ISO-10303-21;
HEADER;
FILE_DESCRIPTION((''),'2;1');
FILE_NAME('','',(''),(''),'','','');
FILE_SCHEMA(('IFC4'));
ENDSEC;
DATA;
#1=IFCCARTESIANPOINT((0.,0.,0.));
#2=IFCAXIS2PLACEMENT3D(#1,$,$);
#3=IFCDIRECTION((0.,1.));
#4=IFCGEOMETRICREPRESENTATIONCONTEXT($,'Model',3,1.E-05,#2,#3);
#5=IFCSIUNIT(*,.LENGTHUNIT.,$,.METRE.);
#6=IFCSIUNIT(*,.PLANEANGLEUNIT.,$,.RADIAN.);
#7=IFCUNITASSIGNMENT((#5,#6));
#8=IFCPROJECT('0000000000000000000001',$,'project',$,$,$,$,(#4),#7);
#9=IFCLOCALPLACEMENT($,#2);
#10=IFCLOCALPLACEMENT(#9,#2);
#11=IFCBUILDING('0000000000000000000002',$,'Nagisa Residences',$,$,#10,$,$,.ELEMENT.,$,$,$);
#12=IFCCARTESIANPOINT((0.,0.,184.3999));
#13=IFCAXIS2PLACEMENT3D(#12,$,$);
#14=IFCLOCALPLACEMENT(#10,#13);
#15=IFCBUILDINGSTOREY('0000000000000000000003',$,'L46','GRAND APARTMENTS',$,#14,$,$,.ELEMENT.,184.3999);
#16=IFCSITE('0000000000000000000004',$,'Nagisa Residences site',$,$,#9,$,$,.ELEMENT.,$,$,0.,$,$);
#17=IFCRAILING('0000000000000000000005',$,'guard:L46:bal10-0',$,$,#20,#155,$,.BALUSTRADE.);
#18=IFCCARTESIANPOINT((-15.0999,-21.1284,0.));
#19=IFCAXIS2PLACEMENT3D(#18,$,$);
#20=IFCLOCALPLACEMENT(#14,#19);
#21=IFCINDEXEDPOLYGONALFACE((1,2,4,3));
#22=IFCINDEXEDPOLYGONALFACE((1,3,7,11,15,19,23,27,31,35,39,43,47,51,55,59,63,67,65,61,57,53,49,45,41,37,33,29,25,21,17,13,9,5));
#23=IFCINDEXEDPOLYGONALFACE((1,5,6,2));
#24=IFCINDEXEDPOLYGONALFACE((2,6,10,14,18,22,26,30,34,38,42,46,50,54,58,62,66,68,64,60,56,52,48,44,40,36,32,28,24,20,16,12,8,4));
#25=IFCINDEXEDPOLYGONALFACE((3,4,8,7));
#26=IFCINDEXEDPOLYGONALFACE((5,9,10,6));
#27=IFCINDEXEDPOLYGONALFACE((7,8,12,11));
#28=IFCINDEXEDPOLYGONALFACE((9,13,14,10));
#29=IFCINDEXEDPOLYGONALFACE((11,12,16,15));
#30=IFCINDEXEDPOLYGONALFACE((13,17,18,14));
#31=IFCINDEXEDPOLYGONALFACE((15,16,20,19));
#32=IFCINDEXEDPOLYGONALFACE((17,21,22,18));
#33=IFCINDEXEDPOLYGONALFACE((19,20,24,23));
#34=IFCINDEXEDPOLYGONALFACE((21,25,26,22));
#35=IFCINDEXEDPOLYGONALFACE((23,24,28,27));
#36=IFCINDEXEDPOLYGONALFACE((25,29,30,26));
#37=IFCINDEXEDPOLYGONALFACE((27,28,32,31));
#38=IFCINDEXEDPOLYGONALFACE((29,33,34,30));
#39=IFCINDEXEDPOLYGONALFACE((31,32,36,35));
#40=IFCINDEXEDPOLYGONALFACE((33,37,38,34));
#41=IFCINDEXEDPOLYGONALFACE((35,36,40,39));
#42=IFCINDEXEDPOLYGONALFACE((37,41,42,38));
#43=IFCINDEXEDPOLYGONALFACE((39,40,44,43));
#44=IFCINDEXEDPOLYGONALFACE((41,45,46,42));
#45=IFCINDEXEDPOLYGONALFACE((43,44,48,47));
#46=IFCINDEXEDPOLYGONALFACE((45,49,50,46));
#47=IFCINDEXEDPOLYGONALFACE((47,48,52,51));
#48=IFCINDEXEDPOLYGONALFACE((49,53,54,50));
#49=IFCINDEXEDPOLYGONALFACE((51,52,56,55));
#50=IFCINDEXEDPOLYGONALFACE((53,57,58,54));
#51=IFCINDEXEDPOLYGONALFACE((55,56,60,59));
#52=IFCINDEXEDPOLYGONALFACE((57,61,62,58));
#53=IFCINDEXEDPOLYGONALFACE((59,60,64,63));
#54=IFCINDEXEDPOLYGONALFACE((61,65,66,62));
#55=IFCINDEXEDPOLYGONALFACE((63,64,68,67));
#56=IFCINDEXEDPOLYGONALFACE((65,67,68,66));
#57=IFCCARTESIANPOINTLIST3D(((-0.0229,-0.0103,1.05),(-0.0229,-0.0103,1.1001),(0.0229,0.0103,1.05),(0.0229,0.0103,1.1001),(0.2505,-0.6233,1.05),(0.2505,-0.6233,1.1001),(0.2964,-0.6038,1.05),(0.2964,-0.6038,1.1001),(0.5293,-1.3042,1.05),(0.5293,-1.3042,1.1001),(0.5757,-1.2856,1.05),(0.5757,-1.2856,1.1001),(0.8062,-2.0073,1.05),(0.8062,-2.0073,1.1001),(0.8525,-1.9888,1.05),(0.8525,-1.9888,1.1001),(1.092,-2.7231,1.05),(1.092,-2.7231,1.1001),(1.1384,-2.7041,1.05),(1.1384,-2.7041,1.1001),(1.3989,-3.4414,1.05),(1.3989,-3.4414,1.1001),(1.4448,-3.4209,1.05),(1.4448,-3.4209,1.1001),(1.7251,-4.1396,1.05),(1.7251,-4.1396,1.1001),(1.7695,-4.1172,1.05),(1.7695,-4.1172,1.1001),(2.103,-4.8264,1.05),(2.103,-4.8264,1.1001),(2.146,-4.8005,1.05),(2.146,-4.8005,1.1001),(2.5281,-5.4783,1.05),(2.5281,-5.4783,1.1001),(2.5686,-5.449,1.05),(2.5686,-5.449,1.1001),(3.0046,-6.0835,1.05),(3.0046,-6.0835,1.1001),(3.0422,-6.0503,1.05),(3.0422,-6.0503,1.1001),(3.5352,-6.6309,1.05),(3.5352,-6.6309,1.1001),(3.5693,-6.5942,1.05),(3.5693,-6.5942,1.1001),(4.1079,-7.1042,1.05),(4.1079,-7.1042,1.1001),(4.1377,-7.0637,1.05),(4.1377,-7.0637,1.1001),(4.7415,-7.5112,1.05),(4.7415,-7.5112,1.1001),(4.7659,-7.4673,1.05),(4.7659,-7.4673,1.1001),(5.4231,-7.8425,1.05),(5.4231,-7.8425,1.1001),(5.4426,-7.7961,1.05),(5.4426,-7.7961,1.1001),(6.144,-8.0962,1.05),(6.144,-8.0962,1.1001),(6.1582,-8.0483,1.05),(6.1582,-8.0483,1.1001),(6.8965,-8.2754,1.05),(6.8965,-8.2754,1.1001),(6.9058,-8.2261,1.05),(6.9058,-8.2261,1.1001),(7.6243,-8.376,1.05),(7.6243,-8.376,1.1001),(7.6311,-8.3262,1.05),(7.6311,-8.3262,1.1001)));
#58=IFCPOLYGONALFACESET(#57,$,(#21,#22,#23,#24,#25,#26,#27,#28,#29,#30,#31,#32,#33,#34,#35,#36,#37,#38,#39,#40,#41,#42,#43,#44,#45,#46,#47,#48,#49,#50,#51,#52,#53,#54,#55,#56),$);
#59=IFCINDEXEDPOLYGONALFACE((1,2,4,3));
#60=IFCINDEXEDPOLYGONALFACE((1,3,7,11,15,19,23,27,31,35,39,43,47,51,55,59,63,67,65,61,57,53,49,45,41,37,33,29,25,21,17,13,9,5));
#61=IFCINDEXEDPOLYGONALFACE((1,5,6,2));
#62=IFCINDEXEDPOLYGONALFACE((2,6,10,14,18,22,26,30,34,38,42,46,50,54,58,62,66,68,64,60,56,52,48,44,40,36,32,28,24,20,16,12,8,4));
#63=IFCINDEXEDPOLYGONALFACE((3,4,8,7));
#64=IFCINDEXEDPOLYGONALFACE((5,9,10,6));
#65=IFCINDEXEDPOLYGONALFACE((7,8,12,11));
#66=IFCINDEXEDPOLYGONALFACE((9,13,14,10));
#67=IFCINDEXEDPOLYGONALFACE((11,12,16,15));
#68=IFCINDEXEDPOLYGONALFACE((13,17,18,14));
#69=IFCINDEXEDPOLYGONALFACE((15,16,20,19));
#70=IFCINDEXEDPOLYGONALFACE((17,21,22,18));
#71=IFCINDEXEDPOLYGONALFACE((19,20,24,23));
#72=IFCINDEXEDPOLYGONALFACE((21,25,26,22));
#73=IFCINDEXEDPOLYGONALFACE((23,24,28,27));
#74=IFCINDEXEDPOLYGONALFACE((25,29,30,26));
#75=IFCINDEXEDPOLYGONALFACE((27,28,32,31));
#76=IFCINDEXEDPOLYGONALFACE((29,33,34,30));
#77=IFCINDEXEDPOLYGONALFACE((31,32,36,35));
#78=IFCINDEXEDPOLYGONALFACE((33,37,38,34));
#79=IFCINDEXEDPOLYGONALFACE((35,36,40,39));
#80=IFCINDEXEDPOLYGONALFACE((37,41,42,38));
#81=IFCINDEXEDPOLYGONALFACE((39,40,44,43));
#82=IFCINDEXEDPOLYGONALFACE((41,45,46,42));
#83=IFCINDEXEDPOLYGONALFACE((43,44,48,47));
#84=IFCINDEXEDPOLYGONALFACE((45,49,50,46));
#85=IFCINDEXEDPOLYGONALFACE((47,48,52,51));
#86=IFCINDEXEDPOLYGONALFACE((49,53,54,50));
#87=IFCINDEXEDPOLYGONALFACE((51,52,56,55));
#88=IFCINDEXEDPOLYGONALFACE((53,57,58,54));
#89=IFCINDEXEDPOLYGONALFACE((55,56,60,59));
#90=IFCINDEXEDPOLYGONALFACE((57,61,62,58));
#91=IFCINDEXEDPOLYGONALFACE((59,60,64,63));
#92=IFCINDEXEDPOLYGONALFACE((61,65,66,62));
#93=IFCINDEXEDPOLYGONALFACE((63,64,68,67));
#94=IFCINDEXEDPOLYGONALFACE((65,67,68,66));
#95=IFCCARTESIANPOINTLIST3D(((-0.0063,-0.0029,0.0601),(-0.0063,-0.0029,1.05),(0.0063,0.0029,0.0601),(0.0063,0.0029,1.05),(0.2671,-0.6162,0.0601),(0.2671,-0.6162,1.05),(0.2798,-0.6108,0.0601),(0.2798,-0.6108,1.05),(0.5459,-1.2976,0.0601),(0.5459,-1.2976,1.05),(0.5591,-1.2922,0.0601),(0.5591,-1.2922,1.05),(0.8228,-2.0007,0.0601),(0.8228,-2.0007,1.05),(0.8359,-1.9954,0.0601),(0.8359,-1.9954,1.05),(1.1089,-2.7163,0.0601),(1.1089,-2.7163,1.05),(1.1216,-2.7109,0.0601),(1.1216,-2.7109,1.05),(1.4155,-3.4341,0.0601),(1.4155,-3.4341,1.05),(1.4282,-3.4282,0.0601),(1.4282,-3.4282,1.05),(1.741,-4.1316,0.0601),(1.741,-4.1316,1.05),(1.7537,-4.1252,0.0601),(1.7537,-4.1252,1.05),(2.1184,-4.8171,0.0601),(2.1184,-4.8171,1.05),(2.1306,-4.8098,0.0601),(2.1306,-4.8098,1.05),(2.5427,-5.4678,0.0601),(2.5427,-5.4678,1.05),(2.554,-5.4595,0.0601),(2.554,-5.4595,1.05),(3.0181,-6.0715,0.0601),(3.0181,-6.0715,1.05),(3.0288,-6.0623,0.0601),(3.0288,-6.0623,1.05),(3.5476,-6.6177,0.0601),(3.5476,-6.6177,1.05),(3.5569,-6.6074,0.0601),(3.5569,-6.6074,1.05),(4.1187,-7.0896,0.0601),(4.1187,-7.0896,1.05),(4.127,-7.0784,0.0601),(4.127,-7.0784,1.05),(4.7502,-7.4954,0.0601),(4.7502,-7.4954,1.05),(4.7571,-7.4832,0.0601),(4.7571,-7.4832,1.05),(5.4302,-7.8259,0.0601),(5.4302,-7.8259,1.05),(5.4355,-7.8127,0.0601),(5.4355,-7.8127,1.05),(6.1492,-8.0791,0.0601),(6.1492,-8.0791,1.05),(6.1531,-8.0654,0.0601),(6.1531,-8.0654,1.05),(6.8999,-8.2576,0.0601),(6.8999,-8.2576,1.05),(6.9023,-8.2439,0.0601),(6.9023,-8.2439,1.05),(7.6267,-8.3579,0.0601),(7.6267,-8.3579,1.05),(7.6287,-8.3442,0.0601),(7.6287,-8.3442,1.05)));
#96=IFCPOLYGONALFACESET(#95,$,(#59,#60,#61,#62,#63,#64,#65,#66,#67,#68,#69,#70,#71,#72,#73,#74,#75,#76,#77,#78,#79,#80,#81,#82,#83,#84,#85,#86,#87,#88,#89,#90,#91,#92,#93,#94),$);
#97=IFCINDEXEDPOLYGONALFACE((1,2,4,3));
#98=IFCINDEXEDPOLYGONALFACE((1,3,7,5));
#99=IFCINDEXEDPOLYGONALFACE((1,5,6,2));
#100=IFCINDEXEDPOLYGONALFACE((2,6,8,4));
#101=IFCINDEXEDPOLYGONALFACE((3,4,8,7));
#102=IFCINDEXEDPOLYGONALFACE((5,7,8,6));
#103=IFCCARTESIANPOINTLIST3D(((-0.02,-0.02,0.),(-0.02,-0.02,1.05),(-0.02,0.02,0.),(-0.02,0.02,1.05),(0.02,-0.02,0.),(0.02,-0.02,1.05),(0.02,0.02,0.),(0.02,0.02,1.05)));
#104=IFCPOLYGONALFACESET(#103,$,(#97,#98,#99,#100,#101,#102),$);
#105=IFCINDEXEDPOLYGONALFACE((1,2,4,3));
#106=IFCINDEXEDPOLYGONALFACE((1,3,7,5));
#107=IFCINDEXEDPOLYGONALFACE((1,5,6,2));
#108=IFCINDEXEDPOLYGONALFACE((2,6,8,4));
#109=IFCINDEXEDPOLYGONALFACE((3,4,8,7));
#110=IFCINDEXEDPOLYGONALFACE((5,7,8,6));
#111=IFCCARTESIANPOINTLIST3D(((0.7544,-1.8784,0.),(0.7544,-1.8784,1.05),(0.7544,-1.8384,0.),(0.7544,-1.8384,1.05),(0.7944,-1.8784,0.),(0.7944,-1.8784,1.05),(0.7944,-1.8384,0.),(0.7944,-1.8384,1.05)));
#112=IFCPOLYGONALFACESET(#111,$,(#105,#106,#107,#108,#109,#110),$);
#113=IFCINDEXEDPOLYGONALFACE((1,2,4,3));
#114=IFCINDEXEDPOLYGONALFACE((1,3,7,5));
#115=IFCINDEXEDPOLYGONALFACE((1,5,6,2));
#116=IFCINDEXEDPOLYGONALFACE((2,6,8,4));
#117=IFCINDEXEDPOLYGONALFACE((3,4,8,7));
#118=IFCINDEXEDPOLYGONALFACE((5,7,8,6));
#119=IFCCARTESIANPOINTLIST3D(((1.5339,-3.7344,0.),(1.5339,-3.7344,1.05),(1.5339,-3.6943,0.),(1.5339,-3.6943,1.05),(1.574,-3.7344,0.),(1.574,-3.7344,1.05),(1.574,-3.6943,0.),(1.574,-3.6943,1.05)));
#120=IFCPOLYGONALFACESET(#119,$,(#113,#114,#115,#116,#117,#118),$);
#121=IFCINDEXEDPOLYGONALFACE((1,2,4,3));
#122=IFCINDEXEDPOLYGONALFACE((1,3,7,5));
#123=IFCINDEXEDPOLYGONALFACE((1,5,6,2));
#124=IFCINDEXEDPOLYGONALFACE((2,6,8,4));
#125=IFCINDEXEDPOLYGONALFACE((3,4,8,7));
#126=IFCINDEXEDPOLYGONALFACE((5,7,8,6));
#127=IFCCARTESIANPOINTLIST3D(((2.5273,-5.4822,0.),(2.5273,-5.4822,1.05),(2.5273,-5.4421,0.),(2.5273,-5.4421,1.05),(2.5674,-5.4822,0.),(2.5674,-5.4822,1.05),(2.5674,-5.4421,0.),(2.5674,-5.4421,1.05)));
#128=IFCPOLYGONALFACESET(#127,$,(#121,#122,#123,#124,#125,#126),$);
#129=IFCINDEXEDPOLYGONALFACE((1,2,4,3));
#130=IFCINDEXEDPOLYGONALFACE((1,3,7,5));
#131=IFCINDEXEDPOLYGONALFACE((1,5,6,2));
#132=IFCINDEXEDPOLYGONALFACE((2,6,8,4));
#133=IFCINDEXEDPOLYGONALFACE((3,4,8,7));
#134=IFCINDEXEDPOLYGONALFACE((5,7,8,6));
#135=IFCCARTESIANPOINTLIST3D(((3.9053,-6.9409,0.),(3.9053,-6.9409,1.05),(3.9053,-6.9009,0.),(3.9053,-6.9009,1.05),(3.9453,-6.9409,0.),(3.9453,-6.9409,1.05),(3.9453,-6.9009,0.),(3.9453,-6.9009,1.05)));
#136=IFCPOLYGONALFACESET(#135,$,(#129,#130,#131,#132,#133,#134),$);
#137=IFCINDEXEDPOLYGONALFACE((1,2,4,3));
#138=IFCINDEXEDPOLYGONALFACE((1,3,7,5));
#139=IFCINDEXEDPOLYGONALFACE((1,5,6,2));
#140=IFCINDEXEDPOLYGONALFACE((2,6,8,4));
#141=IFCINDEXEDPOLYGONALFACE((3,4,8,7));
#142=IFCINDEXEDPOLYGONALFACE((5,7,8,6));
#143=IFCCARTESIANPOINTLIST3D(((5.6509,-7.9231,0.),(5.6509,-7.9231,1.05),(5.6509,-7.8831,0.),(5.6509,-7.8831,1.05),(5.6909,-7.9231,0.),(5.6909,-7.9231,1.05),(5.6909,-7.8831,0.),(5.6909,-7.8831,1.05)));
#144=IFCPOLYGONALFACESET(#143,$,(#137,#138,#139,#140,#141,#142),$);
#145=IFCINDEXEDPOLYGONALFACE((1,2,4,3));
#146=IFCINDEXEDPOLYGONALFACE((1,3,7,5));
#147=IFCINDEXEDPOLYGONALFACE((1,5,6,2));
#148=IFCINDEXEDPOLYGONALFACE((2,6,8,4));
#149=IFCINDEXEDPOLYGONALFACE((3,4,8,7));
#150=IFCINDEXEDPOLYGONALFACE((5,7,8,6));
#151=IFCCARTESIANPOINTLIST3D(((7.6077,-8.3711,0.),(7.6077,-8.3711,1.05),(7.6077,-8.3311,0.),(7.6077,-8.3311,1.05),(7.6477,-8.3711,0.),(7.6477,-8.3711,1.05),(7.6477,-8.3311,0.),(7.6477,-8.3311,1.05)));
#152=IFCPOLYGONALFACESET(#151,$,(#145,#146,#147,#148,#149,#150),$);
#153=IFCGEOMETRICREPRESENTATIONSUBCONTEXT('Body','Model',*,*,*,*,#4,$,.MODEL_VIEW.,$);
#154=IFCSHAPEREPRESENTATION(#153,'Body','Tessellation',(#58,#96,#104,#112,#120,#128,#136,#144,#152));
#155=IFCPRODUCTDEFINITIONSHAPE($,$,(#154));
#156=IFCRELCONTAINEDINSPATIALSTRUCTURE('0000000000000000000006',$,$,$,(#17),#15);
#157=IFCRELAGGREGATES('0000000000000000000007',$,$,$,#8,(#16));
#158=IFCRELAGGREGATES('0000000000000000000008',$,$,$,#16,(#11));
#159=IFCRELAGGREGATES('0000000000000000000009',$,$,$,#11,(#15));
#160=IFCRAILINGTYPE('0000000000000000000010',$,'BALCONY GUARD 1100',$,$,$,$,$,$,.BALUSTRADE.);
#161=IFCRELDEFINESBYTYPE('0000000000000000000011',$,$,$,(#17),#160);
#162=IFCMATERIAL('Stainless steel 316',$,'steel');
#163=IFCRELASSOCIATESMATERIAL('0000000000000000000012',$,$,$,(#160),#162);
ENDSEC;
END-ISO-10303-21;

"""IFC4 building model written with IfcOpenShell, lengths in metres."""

from ifc_helpers import new_model, si_unit, direction, frame, origin, origin_2d, place, context, subcontext, project, spatial, polyline, rectangle, outline, extrude, material, type_object, element, save


model = new_model("IFC4")

# Units and contexts
model_context = context("Model", 3, precision=1e-05, world=origin(), true_north=direction((0.0, 1.0)))
body_context = subcontext(model_context, "Body", "Model", "MODEL_VIEW")
ifc_project = project(units=[si_unit("LENGTHUNIT", "METRE"), si_unit("PLANEANGLEUNIT", "RADIAN")], contexts=[model_context])

# Site, building, storey
site_placement = place(None, origin())
site = spatial("IfcSite", under=ifc_project, at=site_placement, Name="Nagisa Residences site", CompositionType="ELEMENT", RefElevation=0.0)
building_placement = place(site_placement, origin())
building = spatial("IfcBuilding", under=site, at=building_placement, Name="Nagisa Residences", CompositionType="ELEMENT")
storey_placement = place(building_placement, frame((0.0, 0.0, 184.3999)))
storey = spatial("IfcBuildingStorey", under=building, at=storey_placement, Name="L46", Description="GRAND APARTMENTS", CompositionType="ELEMENT", Elevation=184.3999)

# Railing
ifc_material_1 = material(Name="Stainless steel 316", Category="steel")
railing_type = type_object("IfcRailingType", Name="BALCONY GUARD 1100", PredefinedType="BALUSTRADE", material=ifc_material_1)
railing_1_placement = place(storey_placement, frame((-15.0999, -21.1284, 0.0)))
element("IfcRailing", 1, at=railing_1_placement, inside=storey, type_object=railing_type, Name="guard:L46:bal10-0", PredefinedType="BALUSTRADE", context=body_context, shape_type="SweptSolid", body=[
    extrude(outline(polyline([(0.2964, -0.6038), (0.0229, 0.0103), (-0.0229, -0.0103), (0.2505, -0.6233), (0.5293, -1.3042), (0.8062, -2.0073), (1.092, -2.7231), (1.3989, -3.4414), (1.7251, -4.1396), (2.103, -4.8264), (2.5281, -5.4783), (3.0046, -6.0835), (3.5352, -6.6309), (4.1079, -7.1042), (4.7415, -7.5112), (5.4231, -7.8425), (6.144, -8.0962), (6.8965, -8.2754), (7.6243, -8.376), (7.6311, -8.3262), (6.9058, -8.2261), (6.1582, -8.0483), (5.4426, -7.7961), (4.7659, -7.4673), (4.1377, -7.0637), (3.5693, -6.5942), (3.0422, -6.0503), (2.5686, -5.449), (2.146, -4.8005), (1.7695, -4.1172), (1.4448, -3.4209), (1.1384, -2.7041), (0.8525, -1.9888), (0.5757, -1.2856), (0.2964, -0.6038)])), frame((0.0, 0.0, 1.05)), (0.0, 0.0, 1.0), 0.05),
    extrude(outline(polyline([(0.2798, -0.6108), (0.0063, 0.0029), (-0.0063, -0.0029), (0.2671, -0.6162), (0.5459, -1.2976), (0.8228, -2.0007), (1.1089, -2.7163), (1.4155, -3.4341), (1.741, -4.1316), (2.1184, -4.8171), (2.5427, -5.4678), (3.0181, -6.0715), (3.5476, -6.6177), (4.1187, -7.0896), (4.7502, -7.4954), (5.4302, -7.8259), (6.1492, -8.0791), (6.8999, -8.2576), (7.6267, -8.3579), (7.6287, -8.3442), (6.9023, -8.2439), (6.1531, -8.0654), (5.4355, -7.8127), (4.7571, -7.4832), (4.127, -7.0784), (3.5569, -6.6074), (3.0288, -6.0623), (2.554, -5.4595), (2.1306, -4.8098), (1.7537, -4.1252), (1.4282, -3.4282), (1.1216, -2.7109), (0.8359, -1.9954), (0.5591, -1.2922), (0.2798, -0.6108)])), frame((0.0, 0.0, 0.0601)), (0.0, 0.0, 1.0), 0.99),
    extrude(rectangle(XDim=0.04, YDim=0.04, at=origin_2d()), origin(), (0.0, 0.0, 1.0), 1.05),
    extrude(rectangle(XDim=0.04, YDim=0.04, at=origin_2d()), frame((0.7744, -1.8584, 0.0)), (0.0, 0.0, 1.0), 1.05),
    extrude(rectangle(XDim=0.04, YDim=0.04, at=origin_2d()), frame((1.554, -3.7144, 0.0)), (0.0, 0.0, 1.0), 1.05),
    extrude(rectangle(XDim=0.04, YDim=0.04, at=origin_2d()), frame((2.5474, -5.4622, 0.0)), (0.0, 0.0, 1.0), 1.05),
    extrude(rectangle(XDim=0.04, YDim=0.04, at=origin_2d()), frame((3.9253, -6.9209, 0.0)), (0.0, 0.0, 1.0), 1.05),
    extrude(rectangle(XDim=0.04, YDim=0.04, at=origin_2d()), frame((5.6709, -7.9031, 0.0)), (0.0, 0.0, 1.0), 1.05),
    extrude(rectangle(XDim=0.04, YDim=0.04, at=origin_2d()), frame((7.6277, -8.3511, 0.0)), (0.0, 0.0, 1.0), 1.05),
])

save(model, "model.ifc")
